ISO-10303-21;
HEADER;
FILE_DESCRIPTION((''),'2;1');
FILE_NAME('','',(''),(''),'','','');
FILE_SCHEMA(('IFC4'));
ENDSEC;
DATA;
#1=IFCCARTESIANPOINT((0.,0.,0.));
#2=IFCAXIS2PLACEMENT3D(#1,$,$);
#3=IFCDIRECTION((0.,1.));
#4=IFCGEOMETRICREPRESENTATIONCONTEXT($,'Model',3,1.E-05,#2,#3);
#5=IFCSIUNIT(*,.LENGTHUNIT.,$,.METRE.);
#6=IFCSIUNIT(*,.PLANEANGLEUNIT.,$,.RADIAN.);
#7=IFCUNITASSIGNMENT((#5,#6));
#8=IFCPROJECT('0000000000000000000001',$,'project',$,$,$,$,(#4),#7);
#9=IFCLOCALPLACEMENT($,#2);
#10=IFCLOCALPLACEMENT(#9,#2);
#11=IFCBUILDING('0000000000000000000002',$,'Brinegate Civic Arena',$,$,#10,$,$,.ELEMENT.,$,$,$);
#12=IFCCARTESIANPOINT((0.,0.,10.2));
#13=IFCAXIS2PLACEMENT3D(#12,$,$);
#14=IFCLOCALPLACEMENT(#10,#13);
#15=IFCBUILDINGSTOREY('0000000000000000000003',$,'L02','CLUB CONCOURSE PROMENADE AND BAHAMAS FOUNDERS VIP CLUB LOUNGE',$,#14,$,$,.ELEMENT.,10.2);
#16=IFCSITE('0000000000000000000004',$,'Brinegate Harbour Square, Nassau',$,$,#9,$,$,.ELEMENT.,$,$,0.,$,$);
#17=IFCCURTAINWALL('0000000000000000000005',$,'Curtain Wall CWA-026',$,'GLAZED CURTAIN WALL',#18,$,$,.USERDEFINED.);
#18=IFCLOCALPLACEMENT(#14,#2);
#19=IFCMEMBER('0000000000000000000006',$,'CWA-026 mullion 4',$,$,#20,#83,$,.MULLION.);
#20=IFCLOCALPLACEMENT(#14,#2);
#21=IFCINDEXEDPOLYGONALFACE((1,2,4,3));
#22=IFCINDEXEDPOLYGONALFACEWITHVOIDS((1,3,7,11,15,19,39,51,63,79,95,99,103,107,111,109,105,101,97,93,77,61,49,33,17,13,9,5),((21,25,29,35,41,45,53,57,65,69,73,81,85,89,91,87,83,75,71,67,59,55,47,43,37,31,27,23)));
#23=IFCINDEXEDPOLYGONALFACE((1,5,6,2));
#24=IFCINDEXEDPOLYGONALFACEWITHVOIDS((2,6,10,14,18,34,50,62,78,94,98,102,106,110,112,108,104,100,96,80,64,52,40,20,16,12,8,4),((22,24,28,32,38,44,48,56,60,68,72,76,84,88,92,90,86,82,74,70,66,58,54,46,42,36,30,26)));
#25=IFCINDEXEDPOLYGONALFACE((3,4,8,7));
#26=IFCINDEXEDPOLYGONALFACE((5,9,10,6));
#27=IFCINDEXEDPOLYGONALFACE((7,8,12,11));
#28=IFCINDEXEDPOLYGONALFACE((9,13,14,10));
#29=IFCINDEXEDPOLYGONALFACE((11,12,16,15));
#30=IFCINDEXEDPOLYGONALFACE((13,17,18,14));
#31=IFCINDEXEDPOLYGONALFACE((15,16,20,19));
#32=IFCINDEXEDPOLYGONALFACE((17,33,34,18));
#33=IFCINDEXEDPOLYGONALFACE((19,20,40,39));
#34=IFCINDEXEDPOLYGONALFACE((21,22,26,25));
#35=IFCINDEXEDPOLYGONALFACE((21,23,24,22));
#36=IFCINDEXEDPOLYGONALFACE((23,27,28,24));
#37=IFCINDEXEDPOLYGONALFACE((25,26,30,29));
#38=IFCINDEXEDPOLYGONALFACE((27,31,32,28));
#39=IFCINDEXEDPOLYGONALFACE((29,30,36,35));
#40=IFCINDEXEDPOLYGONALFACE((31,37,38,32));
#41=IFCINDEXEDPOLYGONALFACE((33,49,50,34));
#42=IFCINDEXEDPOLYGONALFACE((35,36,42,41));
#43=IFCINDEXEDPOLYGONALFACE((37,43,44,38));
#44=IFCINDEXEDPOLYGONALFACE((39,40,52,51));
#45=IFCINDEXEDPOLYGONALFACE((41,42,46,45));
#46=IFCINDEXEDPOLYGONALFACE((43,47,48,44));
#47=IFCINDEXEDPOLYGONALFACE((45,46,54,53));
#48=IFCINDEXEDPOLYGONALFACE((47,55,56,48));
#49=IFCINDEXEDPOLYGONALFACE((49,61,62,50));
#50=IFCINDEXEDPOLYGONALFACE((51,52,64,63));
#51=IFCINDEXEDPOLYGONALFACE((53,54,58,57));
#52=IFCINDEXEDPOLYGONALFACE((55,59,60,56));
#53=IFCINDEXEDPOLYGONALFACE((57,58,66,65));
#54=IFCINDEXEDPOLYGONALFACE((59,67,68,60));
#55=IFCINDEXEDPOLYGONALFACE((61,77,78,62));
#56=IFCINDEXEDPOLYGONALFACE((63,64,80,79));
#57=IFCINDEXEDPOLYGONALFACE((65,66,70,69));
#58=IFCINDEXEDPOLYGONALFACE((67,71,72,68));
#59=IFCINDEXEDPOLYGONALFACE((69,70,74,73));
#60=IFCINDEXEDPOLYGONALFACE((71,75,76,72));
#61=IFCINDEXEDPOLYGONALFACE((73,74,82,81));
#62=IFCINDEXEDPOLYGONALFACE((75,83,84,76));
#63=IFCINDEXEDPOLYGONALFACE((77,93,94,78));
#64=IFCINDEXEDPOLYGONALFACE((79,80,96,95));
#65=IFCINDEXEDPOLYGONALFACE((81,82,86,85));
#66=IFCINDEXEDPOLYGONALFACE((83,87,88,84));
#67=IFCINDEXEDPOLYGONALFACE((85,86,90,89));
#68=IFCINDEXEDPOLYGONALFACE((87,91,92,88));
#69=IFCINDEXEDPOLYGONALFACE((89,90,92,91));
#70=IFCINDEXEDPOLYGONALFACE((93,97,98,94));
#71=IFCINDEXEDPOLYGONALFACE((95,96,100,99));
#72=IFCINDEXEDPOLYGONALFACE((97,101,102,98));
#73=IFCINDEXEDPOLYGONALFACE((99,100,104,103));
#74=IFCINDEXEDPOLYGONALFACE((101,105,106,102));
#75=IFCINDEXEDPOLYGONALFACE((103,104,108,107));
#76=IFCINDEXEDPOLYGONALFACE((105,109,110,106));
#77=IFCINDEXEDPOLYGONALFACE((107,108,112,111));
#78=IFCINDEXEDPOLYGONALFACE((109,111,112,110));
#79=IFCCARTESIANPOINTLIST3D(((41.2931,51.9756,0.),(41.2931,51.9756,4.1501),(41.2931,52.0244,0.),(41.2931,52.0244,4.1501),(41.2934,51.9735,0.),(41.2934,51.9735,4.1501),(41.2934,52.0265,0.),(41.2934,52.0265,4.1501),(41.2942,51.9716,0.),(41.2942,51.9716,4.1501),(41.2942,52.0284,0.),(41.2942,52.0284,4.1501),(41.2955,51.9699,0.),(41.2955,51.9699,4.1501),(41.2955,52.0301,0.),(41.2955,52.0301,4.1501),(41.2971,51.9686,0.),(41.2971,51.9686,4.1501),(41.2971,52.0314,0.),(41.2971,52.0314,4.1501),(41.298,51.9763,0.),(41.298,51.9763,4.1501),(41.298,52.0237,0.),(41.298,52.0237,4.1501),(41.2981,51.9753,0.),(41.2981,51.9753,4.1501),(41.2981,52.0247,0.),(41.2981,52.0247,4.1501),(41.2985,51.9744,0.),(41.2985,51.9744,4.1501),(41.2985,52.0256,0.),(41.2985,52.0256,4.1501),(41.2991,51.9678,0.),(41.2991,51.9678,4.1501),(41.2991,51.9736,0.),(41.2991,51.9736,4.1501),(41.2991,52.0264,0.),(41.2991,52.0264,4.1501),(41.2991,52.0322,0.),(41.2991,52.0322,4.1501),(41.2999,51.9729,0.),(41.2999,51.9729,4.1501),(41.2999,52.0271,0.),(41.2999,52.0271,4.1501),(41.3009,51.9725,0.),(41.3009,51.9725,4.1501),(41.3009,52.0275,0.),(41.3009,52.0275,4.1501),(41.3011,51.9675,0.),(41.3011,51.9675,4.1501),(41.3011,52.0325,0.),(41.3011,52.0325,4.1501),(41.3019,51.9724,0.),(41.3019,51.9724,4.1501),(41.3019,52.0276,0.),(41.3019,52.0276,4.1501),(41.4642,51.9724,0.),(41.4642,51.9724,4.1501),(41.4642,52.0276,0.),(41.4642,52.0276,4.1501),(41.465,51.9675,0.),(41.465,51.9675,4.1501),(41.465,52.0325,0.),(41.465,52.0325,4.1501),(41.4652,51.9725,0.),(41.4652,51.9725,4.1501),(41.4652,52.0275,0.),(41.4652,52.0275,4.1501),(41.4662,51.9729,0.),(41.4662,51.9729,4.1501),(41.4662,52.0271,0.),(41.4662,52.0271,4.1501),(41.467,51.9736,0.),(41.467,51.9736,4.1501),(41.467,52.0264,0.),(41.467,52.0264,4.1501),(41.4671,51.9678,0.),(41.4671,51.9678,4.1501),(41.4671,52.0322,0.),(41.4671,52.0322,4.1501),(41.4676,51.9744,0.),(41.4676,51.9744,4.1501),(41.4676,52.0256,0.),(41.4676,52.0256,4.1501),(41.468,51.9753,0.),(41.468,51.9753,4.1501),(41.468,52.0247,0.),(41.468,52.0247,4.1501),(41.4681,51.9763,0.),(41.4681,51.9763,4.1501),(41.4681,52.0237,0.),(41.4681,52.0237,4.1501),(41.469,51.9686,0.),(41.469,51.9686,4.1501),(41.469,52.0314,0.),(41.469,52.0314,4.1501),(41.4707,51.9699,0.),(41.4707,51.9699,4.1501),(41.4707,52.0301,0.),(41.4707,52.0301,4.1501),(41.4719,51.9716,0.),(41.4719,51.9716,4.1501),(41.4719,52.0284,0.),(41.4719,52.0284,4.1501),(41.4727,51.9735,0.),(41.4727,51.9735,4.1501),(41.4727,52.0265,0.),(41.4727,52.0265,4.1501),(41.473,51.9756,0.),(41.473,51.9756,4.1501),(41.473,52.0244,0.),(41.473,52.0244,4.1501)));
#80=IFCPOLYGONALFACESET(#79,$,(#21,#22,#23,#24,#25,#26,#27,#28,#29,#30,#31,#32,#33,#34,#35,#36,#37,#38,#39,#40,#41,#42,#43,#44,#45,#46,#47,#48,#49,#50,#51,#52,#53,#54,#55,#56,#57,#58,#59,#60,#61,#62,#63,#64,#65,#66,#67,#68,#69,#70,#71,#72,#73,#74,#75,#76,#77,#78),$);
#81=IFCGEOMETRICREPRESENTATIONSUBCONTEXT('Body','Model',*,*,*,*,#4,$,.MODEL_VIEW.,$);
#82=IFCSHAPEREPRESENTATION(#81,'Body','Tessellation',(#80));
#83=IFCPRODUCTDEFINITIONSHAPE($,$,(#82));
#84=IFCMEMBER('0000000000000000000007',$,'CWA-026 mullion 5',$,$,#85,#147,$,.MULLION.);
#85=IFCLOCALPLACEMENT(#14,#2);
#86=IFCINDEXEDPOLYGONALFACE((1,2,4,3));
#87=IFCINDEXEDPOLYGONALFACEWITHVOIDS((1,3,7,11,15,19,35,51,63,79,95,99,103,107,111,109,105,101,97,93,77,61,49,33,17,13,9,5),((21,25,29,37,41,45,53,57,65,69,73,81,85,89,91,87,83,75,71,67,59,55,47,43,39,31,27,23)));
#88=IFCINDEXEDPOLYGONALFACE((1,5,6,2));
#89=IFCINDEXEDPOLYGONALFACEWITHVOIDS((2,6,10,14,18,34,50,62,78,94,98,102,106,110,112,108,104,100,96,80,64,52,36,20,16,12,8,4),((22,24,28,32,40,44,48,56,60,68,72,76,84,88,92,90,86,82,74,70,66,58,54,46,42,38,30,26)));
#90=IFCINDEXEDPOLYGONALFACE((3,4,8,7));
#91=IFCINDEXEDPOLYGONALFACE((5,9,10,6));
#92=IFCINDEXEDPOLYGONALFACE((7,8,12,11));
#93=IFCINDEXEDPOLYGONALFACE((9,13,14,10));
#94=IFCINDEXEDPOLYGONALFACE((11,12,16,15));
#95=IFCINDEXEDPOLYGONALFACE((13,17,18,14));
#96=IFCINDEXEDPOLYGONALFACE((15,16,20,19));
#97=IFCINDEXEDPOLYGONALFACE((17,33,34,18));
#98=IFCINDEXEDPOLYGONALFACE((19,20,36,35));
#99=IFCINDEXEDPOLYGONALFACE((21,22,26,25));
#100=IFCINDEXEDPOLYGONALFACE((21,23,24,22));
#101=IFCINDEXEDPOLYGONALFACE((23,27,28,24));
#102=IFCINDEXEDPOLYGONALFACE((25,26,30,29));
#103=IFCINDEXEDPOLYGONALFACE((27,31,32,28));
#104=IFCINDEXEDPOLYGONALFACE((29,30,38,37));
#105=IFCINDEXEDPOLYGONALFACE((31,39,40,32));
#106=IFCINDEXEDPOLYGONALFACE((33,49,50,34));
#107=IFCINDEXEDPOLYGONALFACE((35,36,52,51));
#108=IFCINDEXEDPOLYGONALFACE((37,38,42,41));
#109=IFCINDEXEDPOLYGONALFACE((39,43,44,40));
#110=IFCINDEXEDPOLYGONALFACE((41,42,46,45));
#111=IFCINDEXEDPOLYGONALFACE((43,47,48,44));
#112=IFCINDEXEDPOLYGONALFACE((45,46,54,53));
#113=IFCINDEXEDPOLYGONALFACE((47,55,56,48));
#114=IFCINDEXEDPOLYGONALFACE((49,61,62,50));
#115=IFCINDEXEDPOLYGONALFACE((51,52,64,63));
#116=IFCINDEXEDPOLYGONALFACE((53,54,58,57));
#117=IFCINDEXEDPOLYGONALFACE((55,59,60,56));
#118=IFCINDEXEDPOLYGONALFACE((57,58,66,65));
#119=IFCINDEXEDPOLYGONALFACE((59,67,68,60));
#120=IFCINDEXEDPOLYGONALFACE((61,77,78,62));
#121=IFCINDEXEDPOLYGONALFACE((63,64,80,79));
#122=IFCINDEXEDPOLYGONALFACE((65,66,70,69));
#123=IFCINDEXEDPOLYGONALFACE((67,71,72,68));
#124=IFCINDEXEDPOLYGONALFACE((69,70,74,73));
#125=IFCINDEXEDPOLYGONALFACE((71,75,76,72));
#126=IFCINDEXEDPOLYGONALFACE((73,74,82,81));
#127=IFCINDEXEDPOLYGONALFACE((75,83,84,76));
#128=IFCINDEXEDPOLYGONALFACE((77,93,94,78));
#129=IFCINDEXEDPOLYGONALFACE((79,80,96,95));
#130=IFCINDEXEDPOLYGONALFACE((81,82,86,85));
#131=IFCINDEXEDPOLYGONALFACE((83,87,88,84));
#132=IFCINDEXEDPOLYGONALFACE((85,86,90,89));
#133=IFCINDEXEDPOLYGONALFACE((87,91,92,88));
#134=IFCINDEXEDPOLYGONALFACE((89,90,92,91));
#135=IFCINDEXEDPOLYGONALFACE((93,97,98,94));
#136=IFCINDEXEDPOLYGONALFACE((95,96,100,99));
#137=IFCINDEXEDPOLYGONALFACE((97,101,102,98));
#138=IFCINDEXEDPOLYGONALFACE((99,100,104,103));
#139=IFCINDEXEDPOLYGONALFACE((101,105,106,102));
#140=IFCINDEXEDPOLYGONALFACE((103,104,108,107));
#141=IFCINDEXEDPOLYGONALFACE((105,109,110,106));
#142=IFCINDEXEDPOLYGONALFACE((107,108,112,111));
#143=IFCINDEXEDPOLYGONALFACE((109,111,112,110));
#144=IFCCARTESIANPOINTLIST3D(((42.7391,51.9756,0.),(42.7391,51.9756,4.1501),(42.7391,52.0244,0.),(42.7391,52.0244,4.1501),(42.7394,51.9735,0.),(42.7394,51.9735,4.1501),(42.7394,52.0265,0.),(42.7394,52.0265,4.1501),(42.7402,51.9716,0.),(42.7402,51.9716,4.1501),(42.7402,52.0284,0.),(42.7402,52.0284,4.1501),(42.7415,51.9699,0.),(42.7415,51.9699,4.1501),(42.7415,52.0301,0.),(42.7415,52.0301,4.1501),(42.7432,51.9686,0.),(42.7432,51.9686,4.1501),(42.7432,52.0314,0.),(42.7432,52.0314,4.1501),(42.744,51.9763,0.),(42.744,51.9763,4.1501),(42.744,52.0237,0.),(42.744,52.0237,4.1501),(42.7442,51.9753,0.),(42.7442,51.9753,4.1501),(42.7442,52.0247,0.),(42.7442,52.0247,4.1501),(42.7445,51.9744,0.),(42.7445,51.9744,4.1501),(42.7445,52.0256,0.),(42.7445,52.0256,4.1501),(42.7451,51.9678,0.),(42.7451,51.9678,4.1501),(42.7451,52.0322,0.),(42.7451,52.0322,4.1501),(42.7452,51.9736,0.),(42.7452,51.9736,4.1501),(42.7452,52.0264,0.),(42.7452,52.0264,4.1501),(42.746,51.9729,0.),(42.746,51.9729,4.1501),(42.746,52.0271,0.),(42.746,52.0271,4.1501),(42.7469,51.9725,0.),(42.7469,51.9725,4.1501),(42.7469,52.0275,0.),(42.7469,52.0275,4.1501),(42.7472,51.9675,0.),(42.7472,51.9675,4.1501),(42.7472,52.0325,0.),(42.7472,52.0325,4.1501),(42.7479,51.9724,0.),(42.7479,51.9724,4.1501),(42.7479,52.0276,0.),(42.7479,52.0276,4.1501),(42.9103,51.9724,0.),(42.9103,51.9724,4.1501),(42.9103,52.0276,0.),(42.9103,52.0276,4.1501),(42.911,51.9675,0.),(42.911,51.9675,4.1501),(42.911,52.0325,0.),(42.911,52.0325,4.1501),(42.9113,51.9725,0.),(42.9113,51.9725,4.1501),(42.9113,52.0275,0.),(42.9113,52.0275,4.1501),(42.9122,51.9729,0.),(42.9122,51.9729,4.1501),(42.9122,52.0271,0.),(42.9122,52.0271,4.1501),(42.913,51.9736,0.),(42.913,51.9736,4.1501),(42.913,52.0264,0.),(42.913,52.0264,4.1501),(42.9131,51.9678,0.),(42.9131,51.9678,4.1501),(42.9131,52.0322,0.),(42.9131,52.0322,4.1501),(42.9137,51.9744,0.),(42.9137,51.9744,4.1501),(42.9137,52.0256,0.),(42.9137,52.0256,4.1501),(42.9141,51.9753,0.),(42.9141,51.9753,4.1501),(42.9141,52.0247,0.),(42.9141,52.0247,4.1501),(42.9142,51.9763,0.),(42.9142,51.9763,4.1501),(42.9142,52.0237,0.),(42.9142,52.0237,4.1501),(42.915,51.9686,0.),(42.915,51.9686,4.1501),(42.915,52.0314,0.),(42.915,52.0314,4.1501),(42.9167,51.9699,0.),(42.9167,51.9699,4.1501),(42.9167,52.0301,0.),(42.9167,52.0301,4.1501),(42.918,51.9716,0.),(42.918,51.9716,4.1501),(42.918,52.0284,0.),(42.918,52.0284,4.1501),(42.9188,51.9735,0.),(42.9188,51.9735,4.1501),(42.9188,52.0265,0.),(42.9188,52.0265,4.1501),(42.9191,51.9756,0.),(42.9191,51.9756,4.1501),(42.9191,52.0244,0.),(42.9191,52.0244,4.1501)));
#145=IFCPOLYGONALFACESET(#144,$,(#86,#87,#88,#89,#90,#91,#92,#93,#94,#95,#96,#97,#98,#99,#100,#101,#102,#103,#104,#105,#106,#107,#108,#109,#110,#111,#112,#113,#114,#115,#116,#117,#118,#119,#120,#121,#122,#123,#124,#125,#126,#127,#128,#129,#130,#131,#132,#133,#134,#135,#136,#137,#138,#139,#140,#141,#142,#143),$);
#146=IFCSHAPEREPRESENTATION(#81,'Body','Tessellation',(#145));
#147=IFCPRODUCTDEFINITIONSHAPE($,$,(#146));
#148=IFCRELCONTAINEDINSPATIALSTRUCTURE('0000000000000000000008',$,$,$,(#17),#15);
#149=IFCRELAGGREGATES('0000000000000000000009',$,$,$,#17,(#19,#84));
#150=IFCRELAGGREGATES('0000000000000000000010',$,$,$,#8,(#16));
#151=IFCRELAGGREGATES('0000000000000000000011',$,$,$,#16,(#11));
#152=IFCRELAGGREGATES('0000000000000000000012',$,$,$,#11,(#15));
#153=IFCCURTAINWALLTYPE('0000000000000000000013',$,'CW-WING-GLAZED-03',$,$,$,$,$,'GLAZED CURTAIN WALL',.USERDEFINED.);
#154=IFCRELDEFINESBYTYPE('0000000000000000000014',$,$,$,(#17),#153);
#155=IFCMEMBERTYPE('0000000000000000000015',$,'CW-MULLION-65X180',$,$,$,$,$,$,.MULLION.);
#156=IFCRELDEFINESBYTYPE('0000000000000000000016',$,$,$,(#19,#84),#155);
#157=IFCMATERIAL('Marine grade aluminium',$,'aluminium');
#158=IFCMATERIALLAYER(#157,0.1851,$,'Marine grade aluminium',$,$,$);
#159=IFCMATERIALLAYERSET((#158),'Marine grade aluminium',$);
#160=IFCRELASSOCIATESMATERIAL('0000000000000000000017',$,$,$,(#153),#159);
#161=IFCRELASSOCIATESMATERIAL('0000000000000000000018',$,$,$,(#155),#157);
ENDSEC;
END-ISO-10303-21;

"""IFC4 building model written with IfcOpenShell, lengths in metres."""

from ifc_helpers import new_model, si_unit, direction, frame, origin, origin_2d, place, context, subcontext, project, spatial, hollow_rectangle, extrude, material, layer, layer_set, material_profile, profile_set, type_object, element, aggregate, save


model = new_model("IFC4")

# Units and contexts
model_context = context("Model", 3, precision=1e-05, world=origin(), true_north=direction((0.0, 1.0)))
body_context = subcontext(model_context, "Body", "Model", "MODEL_VIEW")
ifc_project = project(units=[si_unit("LENGTHUNIT", "METRE"), si_unit("PLANEANGLEUNIT", "RADIAN")], contexts=[model_context])

# Site, building, storey
site_placement = place(None, origin())
site = spatial("IfcSite", under=ifc_project, at=site_placement, Name="Brinegate Harbour Square, Nassau", CompositionType="ELEMENT", RefElevation=0.0)
building_placement = place(site_placement, origin())
building = spatial("IfcBuilding", under=site, at=building_placement, Name="Brinegate Civic Arena", CompositionType="ELEMENT")
storey_placement = place(building_placement, frame((0.0, 0.0, 10.2)))
storey = spatial("IfcBuildingStorey", under=building, at=storey_placement, Name="L02", Description="CLUB CONCOURSE PROMENADE AND BAHAMAS FOUNDERS VIP CLUB LOUNGE", CompositionType="ELEMENT", Elevation=10.2)

# Curtain wall, members
ifc_material_1 = material(Name="Marine grade aluminium", Category="aluminium")
ifc_layer_1 = layer(ifc_material_1, 0.1851, Name="Marine grade aluminium")
ifc_layer_set_1 = layer_set([ifc_layer_1], Name="Marine grade aluminium")
curtain_wall_type_1 = type_object("IfcCurtainWallType", Name="CW-WING-GLAZED-03", ElementType="GLAZED CURTAIN WALL", PredefinedType="USERDEFINED", material=ifc_layer_set_1)
curtain_wall_1_placement = place(storey_placement, origin())
curtain_wall_1 = element("IfcCurtainWall", 1, at=curtain_wall_1_placement, inside=storey, type_object=curtain_wall_type_1, Name="Curtain Wall CWA-026", ObjectType="GLAZED CURTAIN WALL", PredefinedType="USERDEFINED")
ifc_material_profile_1 = material_profile(ifc_material_1, hollow_rectangle(XDim=0.0649, YDim=0.1799, WallThickness=0.0049, InnerFilletRadius=0.0039, OuterFilletRadius=0.0081, at=origin_2d()), Name="MUL65X180")
ifc_profile_set_1 = profile_set([ifc_material_profile_1], Name="Marine grade aluminium")
member_type_1 = type_object("IfcMemberType", Name="CW-MULLION-65X180", PredefinedType="MULLION", material=ifc_profile_set_1)
member_1_placement = place(storey_placement, frame((41.3831, 52.0, 0.0), z_axis=(0.0, 0.0, 1.0), x_axis=(0.0, 1.0, 0.0)))
member_1 = element("IfcMember", 2, at=member_1_placement, type_object=member_type_1, Name="CWA-026 mullion 4", PredefinedType="MULLION", context=body_context, shape_type="SweptSolid", body=[
    extrude(hollow_rectangle(XDim=0.0649, YDim=0.1799, WallThickness=0.0049, InnerFilletRadius=0.0039, OuterFilletRadius=0.0081, at=origin_2d()), origin(), (0.0, 0.0, 1.0), 4.1501),
])
member_2_placement = place(storey_placement, frame((42.8291, 52.0, 0.0), z_axis=(0.0, 0.0, 1.0), x_axis=(0.0, 1.0, 0.0)))
member_2 = element("IfcMember", 3, at=member_2_placement, type_object=member_type_1, Name="CWA-026 mullion 5", PredefinedType="MULLION", context=body_context, shape_type="SweptSolid", body=[
    extrude(hollow_rectangle(XDim=0.0649, YDim=0.1799, WallThickness=0.0049, InnerFilletRadius=0.0039, OuterFilletRadius=0.0081, at=origin_2d()), origin(), (0.0, 0.0, 1.0), 4.1501),
])

aggregate(curtain_wall_1, [member_1, member_2])

save(model, "model.ifc")
